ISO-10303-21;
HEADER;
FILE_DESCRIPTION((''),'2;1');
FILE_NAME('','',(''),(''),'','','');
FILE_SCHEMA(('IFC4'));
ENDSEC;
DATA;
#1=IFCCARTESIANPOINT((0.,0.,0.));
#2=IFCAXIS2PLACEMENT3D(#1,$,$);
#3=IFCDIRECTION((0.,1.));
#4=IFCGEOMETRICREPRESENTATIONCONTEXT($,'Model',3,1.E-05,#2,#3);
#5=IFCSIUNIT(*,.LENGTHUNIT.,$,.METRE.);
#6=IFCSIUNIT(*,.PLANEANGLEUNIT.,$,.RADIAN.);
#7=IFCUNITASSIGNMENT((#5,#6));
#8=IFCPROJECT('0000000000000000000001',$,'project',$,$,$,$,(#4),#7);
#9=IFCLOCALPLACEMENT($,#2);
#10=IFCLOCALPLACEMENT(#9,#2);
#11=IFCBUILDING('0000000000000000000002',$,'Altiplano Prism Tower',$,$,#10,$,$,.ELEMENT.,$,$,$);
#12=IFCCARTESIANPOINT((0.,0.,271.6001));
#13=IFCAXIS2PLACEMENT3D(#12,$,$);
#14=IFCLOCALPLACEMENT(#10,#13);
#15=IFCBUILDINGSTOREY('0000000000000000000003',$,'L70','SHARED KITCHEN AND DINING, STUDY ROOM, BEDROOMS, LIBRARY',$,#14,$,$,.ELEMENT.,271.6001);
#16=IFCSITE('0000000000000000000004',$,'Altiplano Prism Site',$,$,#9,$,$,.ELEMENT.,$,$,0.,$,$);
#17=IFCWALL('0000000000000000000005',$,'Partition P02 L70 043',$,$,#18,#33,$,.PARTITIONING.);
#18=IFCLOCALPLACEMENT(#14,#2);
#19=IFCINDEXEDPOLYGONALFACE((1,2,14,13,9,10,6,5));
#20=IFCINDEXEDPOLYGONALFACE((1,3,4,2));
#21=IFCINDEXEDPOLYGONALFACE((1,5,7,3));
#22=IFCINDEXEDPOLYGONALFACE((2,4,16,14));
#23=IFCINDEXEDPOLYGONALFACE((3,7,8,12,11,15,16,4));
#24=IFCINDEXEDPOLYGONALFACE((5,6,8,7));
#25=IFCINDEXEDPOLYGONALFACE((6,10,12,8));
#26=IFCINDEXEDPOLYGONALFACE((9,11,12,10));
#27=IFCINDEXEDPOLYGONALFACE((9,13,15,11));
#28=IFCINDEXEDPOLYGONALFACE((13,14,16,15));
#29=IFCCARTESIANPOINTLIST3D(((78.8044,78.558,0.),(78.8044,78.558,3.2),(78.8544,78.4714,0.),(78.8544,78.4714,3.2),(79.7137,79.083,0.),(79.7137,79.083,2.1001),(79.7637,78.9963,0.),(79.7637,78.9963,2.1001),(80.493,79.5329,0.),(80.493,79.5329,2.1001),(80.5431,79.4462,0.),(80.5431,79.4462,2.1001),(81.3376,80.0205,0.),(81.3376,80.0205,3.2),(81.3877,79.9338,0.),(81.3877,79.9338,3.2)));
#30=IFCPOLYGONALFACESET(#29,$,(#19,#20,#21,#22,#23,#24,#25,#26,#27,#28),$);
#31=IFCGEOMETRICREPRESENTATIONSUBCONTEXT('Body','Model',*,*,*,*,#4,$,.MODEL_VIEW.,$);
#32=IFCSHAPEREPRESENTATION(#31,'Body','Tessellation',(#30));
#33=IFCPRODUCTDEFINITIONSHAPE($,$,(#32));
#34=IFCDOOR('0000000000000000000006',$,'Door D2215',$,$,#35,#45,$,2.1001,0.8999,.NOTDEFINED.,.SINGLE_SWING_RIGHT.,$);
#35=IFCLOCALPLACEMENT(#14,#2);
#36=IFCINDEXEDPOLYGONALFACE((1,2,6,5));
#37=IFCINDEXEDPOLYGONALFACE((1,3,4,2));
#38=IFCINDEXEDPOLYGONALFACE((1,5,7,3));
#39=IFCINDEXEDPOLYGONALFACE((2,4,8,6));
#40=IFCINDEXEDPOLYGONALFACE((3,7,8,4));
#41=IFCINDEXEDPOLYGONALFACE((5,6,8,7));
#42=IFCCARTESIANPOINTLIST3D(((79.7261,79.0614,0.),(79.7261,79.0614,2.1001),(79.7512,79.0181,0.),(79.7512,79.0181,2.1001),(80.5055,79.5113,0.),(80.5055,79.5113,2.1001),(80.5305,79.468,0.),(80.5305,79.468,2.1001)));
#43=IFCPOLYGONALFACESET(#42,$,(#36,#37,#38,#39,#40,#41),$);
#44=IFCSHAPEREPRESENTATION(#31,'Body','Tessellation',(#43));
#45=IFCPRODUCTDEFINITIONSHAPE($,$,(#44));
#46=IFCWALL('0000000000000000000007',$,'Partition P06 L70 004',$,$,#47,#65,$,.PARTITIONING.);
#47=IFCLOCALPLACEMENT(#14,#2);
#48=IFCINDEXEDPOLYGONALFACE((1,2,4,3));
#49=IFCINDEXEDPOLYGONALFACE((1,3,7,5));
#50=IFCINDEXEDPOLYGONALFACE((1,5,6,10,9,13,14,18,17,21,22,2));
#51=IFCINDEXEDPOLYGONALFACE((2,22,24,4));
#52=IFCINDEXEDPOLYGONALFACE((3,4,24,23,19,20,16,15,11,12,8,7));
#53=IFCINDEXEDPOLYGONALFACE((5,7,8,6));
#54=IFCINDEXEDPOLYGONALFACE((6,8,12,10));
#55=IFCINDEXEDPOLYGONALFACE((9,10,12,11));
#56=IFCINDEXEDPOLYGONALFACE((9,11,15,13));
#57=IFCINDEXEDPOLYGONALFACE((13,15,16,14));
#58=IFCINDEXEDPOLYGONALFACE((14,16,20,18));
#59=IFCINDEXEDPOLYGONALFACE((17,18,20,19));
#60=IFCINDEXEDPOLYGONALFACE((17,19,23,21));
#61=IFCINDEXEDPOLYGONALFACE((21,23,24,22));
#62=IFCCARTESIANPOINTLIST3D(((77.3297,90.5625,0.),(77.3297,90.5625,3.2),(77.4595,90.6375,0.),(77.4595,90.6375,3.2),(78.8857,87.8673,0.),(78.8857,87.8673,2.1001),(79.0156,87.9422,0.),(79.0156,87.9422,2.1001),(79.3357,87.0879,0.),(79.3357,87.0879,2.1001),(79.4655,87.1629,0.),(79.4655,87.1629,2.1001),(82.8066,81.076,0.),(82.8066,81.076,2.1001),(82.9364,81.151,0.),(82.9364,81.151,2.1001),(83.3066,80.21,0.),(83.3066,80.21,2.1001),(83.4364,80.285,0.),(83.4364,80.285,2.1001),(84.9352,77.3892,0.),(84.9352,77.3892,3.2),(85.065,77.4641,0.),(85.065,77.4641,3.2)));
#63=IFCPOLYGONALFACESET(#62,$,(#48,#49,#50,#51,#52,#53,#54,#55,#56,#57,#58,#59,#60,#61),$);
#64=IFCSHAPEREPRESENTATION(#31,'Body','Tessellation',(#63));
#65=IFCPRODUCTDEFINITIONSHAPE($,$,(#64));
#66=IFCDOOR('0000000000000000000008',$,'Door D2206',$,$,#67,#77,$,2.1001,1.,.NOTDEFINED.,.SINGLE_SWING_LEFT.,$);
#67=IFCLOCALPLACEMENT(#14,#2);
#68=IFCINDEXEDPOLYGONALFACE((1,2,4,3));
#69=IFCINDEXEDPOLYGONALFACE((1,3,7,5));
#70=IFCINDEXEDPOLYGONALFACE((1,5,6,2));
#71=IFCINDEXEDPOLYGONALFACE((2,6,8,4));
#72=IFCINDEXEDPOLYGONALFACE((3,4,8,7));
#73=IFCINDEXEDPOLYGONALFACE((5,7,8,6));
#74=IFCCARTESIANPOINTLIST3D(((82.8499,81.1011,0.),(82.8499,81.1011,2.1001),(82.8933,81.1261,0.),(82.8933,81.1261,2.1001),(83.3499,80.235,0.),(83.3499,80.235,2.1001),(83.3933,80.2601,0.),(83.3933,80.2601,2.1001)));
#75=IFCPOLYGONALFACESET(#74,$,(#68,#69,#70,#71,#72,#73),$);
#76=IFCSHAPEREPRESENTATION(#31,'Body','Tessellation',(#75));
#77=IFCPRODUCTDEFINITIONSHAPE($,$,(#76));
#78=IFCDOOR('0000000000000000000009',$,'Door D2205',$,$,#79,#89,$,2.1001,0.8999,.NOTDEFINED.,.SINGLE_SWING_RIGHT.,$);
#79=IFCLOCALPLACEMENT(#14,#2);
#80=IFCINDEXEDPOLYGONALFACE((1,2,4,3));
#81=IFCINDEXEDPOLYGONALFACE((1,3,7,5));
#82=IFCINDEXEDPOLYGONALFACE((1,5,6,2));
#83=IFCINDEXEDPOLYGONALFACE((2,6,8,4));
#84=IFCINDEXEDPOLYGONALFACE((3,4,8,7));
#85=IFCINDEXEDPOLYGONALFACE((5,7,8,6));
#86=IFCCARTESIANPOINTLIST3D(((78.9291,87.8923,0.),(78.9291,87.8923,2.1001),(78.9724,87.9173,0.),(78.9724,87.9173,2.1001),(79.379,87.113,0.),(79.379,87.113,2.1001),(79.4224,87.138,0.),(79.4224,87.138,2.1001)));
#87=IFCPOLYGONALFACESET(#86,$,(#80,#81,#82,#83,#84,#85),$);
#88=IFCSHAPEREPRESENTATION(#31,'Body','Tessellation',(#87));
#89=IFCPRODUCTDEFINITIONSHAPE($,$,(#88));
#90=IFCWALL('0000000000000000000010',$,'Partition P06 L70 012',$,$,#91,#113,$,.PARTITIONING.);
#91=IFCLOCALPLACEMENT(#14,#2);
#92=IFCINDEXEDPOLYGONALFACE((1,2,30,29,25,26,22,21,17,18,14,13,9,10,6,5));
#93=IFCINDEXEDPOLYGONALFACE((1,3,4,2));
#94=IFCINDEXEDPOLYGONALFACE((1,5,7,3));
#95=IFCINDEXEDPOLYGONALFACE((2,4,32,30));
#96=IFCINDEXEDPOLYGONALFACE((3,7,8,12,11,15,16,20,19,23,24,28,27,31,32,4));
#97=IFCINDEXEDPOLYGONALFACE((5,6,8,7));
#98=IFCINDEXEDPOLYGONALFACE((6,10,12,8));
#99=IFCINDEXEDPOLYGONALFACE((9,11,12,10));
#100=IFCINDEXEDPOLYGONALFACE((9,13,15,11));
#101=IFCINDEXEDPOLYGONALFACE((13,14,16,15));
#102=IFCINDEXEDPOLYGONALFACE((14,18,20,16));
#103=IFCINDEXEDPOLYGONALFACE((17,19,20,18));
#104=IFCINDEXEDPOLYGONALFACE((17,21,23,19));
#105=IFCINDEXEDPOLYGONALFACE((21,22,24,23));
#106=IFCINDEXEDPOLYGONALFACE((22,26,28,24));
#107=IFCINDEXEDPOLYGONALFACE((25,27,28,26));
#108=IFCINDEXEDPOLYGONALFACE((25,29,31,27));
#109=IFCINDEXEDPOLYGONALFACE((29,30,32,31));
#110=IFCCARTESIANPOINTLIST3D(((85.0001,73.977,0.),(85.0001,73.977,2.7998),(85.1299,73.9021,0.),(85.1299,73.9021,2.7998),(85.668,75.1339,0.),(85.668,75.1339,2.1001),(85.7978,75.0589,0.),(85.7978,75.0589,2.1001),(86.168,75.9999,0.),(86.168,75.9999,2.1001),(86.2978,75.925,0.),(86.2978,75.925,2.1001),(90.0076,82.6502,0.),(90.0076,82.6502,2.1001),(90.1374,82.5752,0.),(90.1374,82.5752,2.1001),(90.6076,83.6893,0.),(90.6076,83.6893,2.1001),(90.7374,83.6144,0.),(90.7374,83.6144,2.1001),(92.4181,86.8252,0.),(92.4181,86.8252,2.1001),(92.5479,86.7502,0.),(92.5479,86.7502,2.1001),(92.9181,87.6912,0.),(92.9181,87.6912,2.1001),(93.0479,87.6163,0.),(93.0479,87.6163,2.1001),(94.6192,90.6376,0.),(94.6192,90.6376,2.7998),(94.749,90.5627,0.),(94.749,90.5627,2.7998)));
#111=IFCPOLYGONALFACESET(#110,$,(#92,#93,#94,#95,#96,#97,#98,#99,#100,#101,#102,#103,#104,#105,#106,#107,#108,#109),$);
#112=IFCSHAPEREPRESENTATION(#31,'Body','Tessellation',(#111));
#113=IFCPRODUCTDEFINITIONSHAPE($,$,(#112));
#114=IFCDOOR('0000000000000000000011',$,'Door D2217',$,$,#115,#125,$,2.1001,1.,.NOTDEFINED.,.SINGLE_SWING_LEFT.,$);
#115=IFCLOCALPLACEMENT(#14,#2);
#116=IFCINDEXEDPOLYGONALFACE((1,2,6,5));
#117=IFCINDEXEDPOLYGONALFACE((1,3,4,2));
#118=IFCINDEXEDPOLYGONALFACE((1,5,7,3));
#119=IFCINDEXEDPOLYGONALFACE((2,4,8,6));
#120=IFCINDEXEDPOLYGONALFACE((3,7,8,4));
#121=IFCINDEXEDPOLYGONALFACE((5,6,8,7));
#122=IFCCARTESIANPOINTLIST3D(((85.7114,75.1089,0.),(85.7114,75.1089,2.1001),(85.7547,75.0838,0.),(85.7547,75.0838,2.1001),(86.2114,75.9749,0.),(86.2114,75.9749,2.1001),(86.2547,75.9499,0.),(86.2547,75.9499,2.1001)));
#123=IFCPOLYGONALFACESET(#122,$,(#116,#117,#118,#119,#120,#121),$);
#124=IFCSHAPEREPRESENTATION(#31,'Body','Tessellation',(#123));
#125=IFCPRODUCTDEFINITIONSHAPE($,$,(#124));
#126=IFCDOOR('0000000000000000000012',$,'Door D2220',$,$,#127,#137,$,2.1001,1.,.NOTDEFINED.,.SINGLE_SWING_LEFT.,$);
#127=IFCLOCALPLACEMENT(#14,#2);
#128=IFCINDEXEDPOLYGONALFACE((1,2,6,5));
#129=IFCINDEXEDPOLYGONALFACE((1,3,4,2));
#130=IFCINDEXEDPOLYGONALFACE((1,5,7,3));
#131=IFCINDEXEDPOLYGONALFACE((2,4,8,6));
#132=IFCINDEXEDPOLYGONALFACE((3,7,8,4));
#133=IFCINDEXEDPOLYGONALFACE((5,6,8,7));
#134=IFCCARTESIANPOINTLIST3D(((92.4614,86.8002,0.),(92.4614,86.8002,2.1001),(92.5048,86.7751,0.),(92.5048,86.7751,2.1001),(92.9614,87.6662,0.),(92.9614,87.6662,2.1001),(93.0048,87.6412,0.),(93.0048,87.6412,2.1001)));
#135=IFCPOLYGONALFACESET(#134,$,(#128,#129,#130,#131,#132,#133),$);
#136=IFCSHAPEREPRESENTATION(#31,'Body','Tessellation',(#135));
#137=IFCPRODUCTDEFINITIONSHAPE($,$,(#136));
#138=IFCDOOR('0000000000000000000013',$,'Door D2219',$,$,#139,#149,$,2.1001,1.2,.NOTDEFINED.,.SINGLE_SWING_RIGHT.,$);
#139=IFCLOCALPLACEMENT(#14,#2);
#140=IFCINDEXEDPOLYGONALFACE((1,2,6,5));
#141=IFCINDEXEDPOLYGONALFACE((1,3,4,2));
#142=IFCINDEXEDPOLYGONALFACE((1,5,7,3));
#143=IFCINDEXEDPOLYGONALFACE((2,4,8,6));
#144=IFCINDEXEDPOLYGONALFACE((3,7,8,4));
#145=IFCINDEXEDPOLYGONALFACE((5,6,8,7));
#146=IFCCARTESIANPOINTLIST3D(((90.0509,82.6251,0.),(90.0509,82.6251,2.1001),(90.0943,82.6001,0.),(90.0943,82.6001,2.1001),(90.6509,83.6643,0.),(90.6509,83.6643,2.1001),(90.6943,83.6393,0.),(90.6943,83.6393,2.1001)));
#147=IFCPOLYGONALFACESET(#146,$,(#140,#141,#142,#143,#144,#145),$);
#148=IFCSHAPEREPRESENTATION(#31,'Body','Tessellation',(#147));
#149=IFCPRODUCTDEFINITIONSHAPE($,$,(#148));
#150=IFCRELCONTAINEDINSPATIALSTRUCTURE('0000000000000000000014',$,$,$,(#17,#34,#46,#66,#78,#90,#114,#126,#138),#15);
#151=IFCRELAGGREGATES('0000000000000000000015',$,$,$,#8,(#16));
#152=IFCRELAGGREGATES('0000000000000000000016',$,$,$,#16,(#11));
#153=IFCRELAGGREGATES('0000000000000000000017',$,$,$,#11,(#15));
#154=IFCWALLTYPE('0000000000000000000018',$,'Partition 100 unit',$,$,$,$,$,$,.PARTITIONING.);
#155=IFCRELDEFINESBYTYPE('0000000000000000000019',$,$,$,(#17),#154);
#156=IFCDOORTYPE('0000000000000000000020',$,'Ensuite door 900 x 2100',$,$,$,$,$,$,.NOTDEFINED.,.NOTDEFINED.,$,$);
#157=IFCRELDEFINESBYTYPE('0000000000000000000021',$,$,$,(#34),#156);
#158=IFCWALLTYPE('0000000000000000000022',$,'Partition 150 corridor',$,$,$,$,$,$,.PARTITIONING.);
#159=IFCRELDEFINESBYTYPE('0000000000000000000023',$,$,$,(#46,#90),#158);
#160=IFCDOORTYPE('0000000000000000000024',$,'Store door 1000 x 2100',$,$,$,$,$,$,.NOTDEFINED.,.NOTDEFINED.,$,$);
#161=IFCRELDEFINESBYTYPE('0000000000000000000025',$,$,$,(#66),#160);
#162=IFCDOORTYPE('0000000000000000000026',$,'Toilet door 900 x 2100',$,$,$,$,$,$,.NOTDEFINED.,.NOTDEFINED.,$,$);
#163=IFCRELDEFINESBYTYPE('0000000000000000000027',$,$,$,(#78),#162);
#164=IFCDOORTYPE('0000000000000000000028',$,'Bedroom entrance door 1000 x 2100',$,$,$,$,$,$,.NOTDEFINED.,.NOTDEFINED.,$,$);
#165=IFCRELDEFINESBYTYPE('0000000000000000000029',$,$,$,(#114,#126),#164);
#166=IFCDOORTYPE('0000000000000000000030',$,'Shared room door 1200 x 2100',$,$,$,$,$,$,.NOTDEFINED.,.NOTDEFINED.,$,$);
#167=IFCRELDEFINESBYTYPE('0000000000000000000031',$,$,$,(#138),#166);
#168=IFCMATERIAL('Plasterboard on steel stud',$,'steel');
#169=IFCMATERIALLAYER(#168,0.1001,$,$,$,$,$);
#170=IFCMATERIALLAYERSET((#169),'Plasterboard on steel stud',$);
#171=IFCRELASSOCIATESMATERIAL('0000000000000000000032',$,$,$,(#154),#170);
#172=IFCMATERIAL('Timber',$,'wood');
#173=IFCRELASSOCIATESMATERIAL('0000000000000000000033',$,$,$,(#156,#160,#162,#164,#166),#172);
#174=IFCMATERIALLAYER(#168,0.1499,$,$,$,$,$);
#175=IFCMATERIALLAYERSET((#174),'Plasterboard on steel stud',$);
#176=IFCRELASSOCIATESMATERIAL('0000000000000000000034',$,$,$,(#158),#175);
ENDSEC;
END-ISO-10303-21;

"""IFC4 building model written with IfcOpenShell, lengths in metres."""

from ifc_helpers import new_model, si_unit, direction, frame, frame_2d, origin, place, context, subcontext, project, spatial, rectangle, extrude, material, layer, layer_set, type_object, element, fill, save


model = new_model("IFC4")

# Units and contexts
model_context = context("Model", 3, precision=1e-05, world=origin(), true_north=direction((0.0, 1.0)))
body_context = subcontext(model_context, "Body", "Model", "MODEL_VIEW")
ifc_project = project(units=[si_unit("LENGTHUNIT", "METRE"), si_unit("PLANEANGLEUNIT", "RADIAN")], contexts=[model_context])

# Site, building, storey
site_placement = place(None, origin())
site = spatial("IfcSite", under=ifc_project, at=site_placement, Name="Altiplano Prism Site", CompositionType="ELEMENT", RefElevation=0.0)
building_placement = place(site_placement, origin())
building = spatial("IfcBuilding", under=site, at=building_placement, Name="Altiplano Prism Tower", CompositionType="ELEMENT")
storey_placement = place(building_placement, frame((0.0, 0.0, 271.6001)))
storey = spatial("IfcBuildingStorey", under=building, at=storey_placement, Name="L70", Description="SHARED KITCHEN AND DINING, STUDY ROOM, BEDROOMS, LIBRARY", CompositionType="ELEMENT", Elevation=271.6001)

# Wall, opening, door
ifc_material_1 = material(Name="Plasterboard on steel stud", Category="steel")
ifc_layer_1 = layer(ifc_material_1, 0.1001)
ifc_layer_set_1 = layer_set([ifc_layer_1], Name="Plasterboard on steel stud")
wall_type_1 = type_object("IfcWallType", Name="Partition 100 unit", PredefinedType="PARTITIONING", material=ifc_layer_set_1)
wall_1_placement = place(storey_placement, frame((81.3625, 79.9771, 0.0), z_axis=(0.0, 0.0, 1.0), x_axis=(-0.866047, -0.499963, 0.0)))
wall_1 = element("IfcWall", 1, at=wall_1_placement, inside=storey, type_object=wall_type_1, Name="Partition P02 L70 043", PredefinedType="PARTITIONING", context=body_context, shape_type="SweptSolid", body=[
    extrude(rectangle(XDim=2.925, YDim=0.1001, at=frame_2d((1.4624, 0.0))), origin(), (0.0, 0.0, 1.0), 3.2),
])
opening_1_placement = place(wall_1_placement, frame((0.9751, 0.0, 0.0)))
opening_1 = element("IfcOpeningElement", 2, at=opening_1_placement, cuts=wall_1, PredefinedType="OPENING", context=body_context, shape_type="SweptSolid", body=[
    extrude(rectangle(XDim=0.8999, YDim=2.1001, at=frame_2d((0.45, 1.05))), frame((0.0, 0.0605, 0.0), z_axis=(0.0, -1.0, 0.0), x_axis=(1.0, 0.0, 0.0)), (0.0, 0.0, 1.0), 0.1211),
])
ifc_material_2 = material(Name="Timber", Category="wood")
door_type_1 = type_object("IfcDoorType", Name="Ensuite door 900 x 2100", OperationType="NOTDEFINED", PredefinedType="NOTDEFINED", material=ifc_material_2)
door_1_placement = place(opening_1_placement, origin())
door_1 = element("IfcDoor", 3, at=door_1_placement, inside=storey, type_object=door_type_1, Name="Door D2215", OperationType="SINGLE_SWING_RIGHT", OverallHeight=2.1001, OverallWidth=0.8999, PredefinedType="NOTDEFINED", context=body_context, shape_type="SweptSolid", body=[
    extrude(rectangle(XDim=0.8999, YDim=2.1001, at=frame_2d((0.45, 1.05))), frame((0.0, 0.0249, 0.0), z_axis=(0.0, -1.0, 0.0), x_axis=(1.0, 0.0, 0.0)), (0.0, 0.0, 1.0), 0.05),
])
fill(opening_1, door_1)

# Walls, openings, doors
ifc_layer_2 = layer(ifc_material_1, 0.1499)
ifc_layer_set_2 = layer_set([ifc_layer_2], Name="Plasterboard on steel stud")
wall_type_2 = type_object("IfcWallType", Name="Partition 150 corridor", PredefinedType="PARTITIONING", material=ifc_layer_set_2)
wall_2_placement = place(storey_placement, frame((85.0, 77.4268, 0.0), z_axis=(0.0, 0.0, 1.0), x_axis=(-0.499992, 0.86603, 0.0)))
wall_2 = element("IfcWall", 4, at=wall_2_placement, inside=storey, type_object=wall_type_2, Name="Partition P06 L70 004", PredefinedType="PARTITIONING", context=body_context, shape_type="SweptSolid", body=[
    extrude(rectangle(XDim=15.2112, YDim=0.1499, at=frame_2d((7.6055, 0.0))), origin(), (0.0, 0.0, 1.0), 3.2),
])
opening_2_placement = place(wall_2_placement, frame((11.199, 0.0, 0.0)))
opening_2 = element("IfcOpeningElement", 5, at=opening_2_placement, cuts=wall_2, PredefinedType="OPENING", context=body_context, shape_type="SweptSolid", body=[
    extrude(rectangle(XDim=0.8999, YDim=2.1001, at=frame_2d((0.45, 1.05))), frame((0.0, 0.0854, 0.0), z_axis=(0.0, -1.0, 0.0), x_axis=(1.0, 0.0, 0.0)), (0.0, 0.0, 1.0), 0.1709),
])
opening_3_placement = place(wall_2_placement, frame((3.2571, 0.0, 0.0)))
opening_3 = element("IfcOpeningElement", 6, at=opening_3_placement, cuts=wall_2, PredefinedType="OPENING", context=body_context, shape_type="SweptSolid", body=[
    extrude(rectangle(XDim=1.0, YDim=2.1001, at=frame_2d((0.5, 1.05))), frame((0.0, 0.0854, 0.0), z_axis=(0.0, -1.0, 0.0), x_axis=(1.0, 0.0, 0.0)), (0.0, 0.0, 1.0), 0.1709),
])
door_type_2 = type_object("IfcDoorType", Name="Store door 1000 x 2100", OperationType="NOTDEFINED", PredefinedType="NOTDEFINED", material=ifc_material_2)
door_2_placement = place(opening_3_placement, origin())
door_2 = element("IfcDoor", 7, at=door_2_placement, inside=storey, type_object=door_type_2, Name="Door D2206", OperationType="SINGLE_SWING_LEFT", OverallHeight=2.1001, OverallWidth=1.0, PredefinedType="NOTDEFINED", context=body_context, shape_type="SweptSolid", body=[
    extrude(rectangle(XDim=1.0, YDim=2.1001, at=frame_2d((0.5, 1.05))), frame((0.0, 0.0249, 0.0), z_axis=(0.0, -1.0, 0.0), x_axis=(1.0, 0.0, 0.0)), (0.0, 0.0, 1.0), 0.05),
])
fill(opening_3, door_2)
door_type_3 = type_object("IfcDoorType", Name="Toilet door 900 x 2100", OperationType="NOTDEFINED", PredefinedType="NOTDEFINED", material=ifc_material_2)
door_3_placement = place(opening_2_placement, origin())
door_3 = element("IfcDoor", 8, at=door_3_placement, inside=storey, type_object=door_type_3, Name="Door D2205", OperationType="SINGLE_SWING_RIGHT", OverallHeight=2.1001, OverallWidth=0.8999, PredefinedType="NOTDEFINED", context=body_context, shape_type="SweptSolid", body=[
    extrude(rectangle(XDim=0.8999, YDim=2.1001, at=frame_2d((0.45, 1.05))), frame((0.0, 0.0249, 0.0), z_axis=(0.0, -1.0, 0.0), x_axis=(1.0, 0.0, 0.0)), (0.0, 0.0, 1.0), 0.05),
])
fill(opening_2, door_3)
wall_3_placement = place(storey_placement, frame((85.0649, 73.9395, 0.0), z_axis=(0.0, 0.0, 1.0), x_axis=(0.500004, 0.866023, 0.0)))
wall_3 = element("IfcWall", 9, at=wall_3_placement, inside=storey, type_object=wall_type_2, Name="Partition P06 L70 012", PredefinedType="PARTITIONING", context=body_context, shape_type="SweptSolid", body=[
    extrude(rectangle(XDim=19.238, YDim=0.1499, at=frame_2d((9.6191, 0.0))), origin(), (0.0, 0.0, 1.0), 2.7998),
])
opening_4_placement = place(wall_3_placement, frame((1.3359, 0.0, 0.0)))
opening_4 = element("IfcOpeningElement", 10, at=opening_4_placement, cuts=wall_3, PredefinedType="OPENING", context=body_context, shape_type="SweptSolid", body=[
    extrude(rectangle(XDim=1.0, YDim=2.1001, at=frame_2d((0.5, 1.05))), frame((0.0, 0.0854, 0.0), z_axis=(0.0, -1.0, 0.0), x_axis=(1.0, 0.0, 0.0)), (0.0, 0.0, 1.0), 0.1709),
])
opening_5_placement = place(wall_3_placement, frame((10.0149, 0.0, 0.0)))
opening_5 = element("IfcOpeningElement", 11, at=opening_5_placement, cuts=wall_3, PredefinedType="OPENING", context=body_context, shape_type="SweptSolid", body=[
    extrude(rectangle(XDim=1.2, YDim=2.1001, at=frame_2d((0.6001, 1.05))), frame((0.0, 0.0854, 0.0), z_axis=(0.0, -1.0, 0.0), x_axis=(1.0, 0.0, 0.0)), (0.0, 0.0, 1.0), 0.1709),
])
opening_6_placement = place(wall_3_placement, frame((14.8359, 0.0, 0.0)))
opening_6 = element("IfcOpeningElement", 12, at=opening_6_placement, cuts=wall_3, PredefinedType="OPENING", context=body_context, shape_type="SweptSolid", body=[
    extrude(rectangle(XDim=1.0, YDim=2.1001, at=frame_2d((0.5, 1.05))), frame((0.0, 0.0854, 0.0), z_axis=(0.0, -1.0, 0.0), x_axis=(1.0, 0.0, 0.0)), (0.0, 0.0, 1.0), 0.1709),
])
door_type_4 = type_object("IfcDoorType", Name="Bedroom entrance door 1000 x 2100", OperationType="NOTDEFINED", PredefinedType="NOTDEFINED", material=ifc_material_2)
door_4_placement = place(opening_4_placement, origin())
door_4 = element("IfcDoor", 13, at=door_4_placement, inside=storey, type_object=door_type_4, Name="Door D2217", OperationType="SINGLE_SWING_LEFT", OverallHeight=2.1001, OverallWidth=1.0, PredefinedType="NOTDEFINED", context=body_context, shape_type="SweptSolid", body=[
    extrude(rectangle(XDim=1.0, YDim=2.1001, at=frame_2d((0.5, 1.05))), frame((0.0, 0.0249, 0.0), z_axis=(0.0, -1.0, 0.0), x_axis=(1.0, 0.0, 0.0)), (0.0, 0.0, 1.0), 0.05),
])
fill(opening_4, door_4)
door_5_placement = place(opening_6_placement, origin())
door_5 = element("IfcDoor", 14, at=door_5_placement, inside=storey, type_object=door_type_4, Name="Door D2220", OperationType="SINGLE_SWING_LEFT", OverallHeight=2.1001, OverallWidth=1.0, PredefinedType="NOTDEFINED", context=body_context, shape_type="SweptSolid", body=[
    extrude(rectangle(XDim=1.0, YDim=2.1001, at=frame_2d((0.5, 1.05))), frame((0.0, 0.0249, 0.0), z_axis=(0.0, -1.0, 0.0), x_axis=(1.0, 0.0, 0.0)), (0.0, 0.0, 1.0), 0.05),
])
fill(opening_6, door_5)
door_type_5 = type_object("IfcDoorType", Name="Shared room door 1200 x 2100", OperationType="NOTDEFINED", PredefinedType="NOTDEFINED", material=ifc_material_2)
door_6_placement = place(opening_5_placement, origin())
door_6 = element("IfcDoor", 15, at=door_6_placement, inside=storey, type_object=door_type_5, Name="Door D2219", OperationType="SINGLE_SWING_RIGHT", OverallHeight=2.1001, OverallWidth=1.2, PredefinedType="NOTDEFINED", context=body_context, shape_type="SweptSolid", body=[
    extrude(rectangle(XDim=1.2, YDim=2.1001, at=frame_2d((0.6001, 1.05))), frame((0.0, 0.0249, 0.0), z_axis=(0.0, -1.0, 0.0), x_axis=(1.0, 0.0, 0.0)), (0.0, 0.0, 1.0), 0.05),
])
fill(opening_5, door_6)

save(model, "model.ifc")
